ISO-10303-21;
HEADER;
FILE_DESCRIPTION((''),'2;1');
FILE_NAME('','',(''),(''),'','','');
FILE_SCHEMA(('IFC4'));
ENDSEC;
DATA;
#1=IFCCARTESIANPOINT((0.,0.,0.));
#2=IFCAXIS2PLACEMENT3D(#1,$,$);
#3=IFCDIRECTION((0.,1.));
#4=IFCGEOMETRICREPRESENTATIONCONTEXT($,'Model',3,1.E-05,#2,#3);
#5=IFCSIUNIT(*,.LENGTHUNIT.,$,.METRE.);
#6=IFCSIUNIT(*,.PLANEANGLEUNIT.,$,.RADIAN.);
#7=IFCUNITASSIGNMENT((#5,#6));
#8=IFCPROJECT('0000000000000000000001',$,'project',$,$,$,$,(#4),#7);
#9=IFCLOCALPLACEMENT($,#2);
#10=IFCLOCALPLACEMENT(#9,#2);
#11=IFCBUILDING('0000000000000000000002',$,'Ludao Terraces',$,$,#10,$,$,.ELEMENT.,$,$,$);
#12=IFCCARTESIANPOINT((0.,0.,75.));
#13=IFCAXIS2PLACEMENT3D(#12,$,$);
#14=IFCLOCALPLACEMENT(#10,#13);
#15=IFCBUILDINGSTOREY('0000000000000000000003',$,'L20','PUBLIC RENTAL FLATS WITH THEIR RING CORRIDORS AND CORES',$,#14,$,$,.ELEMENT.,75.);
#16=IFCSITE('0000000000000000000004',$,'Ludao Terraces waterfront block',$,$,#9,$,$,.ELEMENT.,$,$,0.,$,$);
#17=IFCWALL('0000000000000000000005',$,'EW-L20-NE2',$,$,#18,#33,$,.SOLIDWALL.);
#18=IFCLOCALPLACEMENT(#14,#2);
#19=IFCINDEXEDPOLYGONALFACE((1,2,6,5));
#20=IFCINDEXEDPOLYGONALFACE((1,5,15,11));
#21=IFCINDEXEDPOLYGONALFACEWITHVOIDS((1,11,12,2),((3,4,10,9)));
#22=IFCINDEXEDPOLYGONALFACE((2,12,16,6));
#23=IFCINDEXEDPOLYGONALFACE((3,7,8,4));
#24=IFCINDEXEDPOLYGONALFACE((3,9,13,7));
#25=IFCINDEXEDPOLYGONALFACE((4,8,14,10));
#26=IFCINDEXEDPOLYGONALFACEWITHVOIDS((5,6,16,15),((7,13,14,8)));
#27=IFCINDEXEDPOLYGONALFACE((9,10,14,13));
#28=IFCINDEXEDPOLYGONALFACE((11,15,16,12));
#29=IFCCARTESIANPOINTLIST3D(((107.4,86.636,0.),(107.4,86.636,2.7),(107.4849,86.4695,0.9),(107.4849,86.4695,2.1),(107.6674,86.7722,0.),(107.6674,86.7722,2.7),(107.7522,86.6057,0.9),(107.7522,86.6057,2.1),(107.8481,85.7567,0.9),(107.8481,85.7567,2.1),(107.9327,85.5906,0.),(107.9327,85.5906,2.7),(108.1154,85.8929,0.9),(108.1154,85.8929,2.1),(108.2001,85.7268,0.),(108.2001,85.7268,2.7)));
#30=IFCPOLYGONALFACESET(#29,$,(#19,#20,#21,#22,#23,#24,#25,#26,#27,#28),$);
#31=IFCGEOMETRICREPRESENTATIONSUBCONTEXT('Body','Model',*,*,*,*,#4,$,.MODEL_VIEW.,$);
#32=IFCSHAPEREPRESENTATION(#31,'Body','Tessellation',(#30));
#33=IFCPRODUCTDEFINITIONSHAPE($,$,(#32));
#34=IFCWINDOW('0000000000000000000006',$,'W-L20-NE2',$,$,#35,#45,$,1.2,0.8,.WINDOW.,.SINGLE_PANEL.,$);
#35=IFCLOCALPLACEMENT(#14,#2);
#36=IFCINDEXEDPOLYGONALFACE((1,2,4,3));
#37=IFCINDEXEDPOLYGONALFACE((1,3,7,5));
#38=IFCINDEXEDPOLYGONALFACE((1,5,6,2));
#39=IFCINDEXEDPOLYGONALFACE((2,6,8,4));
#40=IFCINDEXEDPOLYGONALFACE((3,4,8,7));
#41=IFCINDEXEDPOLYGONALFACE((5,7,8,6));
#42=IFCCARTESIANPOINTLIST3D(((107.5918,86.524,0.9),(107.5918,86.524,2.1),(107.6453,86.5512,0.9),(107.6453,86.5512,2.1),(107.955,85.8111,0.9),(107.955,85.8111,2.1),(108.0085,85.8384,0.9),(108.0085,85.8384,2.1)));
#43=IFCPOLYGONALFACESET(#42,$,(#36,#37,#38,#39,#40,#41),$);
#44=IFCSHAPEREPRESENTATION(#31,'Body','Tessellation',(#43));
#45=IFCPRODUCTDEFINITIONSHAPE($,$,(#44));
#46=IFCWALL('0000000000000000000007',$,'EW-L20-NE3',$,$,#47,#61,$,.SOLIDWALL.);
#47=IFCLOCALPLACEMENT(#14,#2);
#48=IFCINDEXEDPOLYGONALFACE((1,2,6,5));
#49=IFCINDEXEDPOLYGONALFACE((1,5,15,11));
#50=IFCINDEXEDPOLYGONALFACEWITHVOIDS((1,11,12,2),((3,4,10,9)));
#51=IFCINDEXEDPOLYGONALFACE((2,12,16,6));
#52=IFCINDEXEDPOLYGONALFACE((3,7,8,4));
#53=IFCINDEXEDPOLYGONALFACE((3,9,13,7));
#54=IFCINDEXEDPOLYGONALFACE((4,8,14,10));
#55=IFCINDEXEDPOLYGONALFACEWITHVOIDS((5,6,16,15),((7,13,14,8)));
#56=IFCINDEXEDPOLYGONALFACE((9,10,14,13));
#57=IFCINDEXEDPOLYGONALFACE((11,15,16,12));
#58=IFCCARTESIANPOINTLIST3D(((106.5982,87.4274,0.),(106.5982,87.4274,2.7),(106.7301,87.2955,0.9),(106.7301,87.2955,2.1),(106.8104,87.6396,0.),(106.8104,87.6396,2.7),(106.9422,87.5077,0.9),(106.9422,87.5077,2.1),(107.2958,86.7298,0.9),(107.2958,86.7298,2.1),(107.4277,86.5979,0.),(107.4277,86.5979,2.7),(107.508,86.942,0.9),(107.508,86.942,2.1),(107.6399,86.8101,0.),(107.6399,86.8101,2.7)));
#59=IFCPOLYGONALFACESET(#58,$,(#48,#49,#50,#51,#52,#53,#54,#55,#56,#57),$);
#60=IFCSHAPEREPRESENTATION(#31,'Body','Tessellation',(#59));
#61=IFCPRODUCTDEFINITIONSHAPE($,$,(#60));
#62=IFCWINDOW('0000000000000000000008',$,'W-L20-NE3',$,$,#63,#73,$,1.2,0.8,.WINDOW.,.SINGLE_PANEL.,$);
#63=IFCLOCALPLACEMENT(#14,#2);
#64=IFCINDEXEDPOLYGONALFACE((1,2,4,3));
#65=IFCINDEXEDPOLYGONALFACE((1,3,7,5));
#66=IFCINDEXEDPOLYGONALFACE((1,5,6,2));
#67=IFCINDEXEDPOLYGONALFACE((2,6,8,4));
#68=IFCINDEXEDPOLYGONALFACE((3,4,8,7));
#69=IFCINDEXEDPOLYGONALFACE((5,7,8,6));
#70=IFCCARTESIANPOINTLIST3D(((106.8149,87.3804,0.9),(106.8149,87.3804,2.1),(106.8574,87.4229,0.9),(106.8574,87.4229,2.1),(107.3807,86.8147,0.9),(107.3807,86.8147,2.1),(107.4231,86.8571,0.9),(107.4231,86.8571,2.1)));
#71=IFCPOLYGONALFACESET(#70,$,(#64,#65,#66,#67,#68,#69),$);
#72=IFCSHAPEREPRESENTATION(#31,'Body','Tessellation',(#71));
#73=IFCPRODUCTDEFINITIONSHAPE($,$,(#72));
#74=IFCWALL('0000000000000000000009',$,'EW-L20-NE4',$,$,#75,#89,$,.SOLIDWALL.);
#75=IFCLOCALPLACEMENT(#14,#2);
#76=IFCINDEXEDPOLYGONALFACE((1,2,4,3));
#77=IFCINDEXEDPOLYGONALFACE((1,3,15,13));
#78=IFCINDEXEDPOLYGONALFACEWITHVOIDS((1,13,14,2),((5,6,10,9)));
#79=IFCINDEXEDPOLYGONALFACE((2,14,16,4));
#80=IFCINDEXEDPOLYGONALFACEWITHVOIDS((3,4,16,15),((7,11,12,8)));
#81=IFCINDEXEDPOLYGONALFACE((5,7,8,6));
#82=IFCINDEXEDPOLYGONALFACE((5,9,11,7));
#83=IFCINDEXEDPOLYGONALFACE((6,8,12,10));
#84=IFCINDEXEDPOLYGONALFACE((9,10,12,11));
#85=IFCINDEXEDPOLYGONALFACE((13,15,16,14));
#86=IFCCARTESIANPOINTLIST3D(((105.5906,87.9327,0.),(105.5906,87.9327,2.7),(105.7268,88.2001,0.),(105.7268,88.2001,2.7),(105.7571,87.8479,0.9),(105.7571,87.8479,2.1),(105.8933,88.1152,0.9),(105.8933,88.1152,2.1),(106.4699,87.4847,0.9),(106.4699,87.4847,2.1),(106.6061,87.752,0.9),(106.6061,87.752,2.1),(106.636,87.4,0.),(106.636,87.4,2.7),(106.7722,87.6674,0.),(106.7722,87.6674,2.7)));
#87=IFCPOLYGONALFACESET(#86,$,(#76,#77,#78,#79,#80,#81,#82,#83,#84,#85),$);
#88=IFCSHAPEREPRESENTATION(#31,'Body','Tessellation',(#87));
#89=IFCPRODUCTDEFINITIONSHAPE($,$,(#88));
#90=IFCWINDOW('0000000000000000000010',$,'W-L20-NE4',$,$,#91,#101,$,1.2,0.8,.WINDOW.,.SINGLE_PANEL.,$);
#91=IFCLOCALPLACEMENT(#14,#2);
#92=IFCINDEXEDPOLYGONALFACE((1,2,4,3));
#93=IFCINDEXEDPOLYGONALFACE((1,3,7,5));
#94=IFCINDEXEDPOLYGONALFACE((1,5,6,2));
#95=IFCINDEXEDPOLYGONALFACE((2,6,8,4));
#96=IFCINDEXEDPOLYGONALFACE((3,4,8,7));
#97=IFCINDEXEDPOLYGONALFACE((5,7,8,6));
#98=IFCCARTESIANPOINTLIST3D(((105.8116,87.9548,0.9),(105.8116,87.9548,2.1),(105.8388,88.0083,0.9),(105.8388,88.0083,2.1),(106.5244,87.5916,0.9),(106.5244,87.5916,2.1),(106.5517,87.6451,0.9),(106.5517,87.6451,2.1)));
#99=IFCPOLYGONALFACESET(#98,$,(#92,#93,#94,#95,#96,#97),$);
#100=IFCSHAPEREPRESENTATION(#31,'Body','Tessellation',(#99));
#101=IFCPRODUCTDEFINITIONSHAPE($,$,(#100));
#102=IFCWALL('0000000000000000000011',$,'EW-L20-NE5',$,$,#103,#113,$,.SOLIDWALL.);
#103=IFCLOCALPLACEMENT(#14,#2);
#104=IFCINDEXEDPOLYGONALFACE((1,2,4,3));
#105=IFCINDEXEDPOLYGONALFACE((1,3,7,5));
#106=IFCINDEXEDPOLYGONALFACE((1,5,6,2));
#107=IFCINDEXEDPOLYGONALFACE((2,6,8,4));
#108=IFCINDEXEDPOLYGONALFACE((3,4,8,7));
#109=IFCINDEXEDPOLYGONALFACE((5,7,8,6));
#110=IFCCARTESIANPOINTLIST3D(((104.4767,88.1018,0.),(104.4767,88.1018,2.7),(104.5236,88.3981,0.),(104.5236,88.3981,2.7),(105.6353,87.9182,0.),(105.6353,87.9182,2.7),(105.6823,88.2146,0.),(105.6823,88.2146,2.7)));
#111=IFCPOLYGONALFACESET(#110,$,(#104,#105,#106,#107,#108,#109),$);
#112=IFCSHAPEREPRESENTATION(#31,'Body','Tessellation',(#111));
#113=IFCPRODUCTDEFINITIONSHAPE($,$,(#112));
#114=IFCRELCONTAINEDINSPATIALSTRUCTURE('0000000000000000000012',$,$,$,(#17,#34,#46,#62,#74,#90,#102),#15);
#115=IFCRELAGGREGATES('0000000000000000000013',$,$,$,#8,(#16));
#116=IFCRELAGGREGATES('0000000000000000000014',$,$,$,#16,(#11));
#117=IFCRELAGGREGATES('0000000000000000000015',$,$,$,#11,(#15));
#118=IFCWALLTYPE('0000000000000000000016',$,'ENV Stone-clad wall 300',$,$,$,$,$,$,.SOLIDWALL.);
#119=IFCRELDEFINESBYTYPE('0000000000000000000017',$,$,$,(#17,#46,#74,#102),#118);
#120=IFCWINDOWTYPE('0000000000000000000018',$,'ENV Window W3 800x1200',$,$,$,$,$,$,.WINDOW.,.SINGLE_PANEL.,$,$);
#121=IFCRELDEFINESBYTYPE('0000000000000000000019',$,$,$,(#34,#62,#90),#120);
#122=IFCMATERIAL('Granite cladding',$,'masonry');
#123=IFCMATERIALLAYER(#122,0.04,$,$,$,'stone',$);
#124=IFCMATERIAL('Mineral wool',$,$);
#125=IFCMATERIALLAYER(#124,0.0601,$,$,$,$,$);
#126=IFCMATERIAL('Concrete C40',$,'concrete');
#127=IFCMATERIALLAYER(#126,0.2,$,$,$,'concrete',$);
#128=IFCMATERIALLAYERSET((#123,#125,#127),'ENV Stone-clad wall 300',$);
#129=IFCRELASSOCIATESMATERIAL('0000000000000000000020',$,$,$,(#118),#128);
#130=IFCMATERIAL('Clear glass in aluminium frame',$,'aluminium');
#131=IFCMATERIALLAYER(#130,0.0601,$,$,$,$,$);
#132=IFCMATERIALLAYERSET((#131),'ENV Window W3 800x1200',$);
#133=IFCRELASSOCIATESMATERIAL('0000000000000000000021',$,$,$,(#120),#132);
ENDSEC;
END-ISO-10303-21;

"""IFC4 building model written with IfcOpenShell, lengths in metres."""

from ifc_helpers import new_model, si_unit, direction, frame, frame_2d, origin, place, context, subcontext, project, spatial, rectangle, extrude, material, layer, layer_set, type_object, element, fill, save


model = new_model("IFC4")

# Units and contexts
model_context = context("Model", 3, precision=1e-05, world=origin(), true_north=direction((0.0, 1.0)))
body_context = subcontext(model_context, "Body", "Model", "MODEL_VIEW")
ifc_project = project(units=[si_unit("LENGTHUNIT", "METRE"), si_unit("PLANEANGLEUNIT", "RADIAN")], contexts=[model_context])

# Site, building, storey
site_placement = place(None, origin())
site = spatial("IfcSite", under=ifc_project, at=site_placement, Name="Ludao Terraces waterfront block", CompositionType="ELEMENT", RefElevation=0.0)
building_placement = place(site_placement, origin())
building = spatial("IfcBuilding", under=site, at=building_placement, Name="Ludao Terraces", CompositionType="ELEMENT")
storey_placement = place(building_placement, frame((0.0, 0.0, 75.0)))
storey = spatial("IfcBuildingStorey", under=building, at=storey_placement, Name="L20", Description="PUBLIC RENTAL FLATS WITH THEIR RING CORRIDORS AND CORES", CompositionType="ELEMENT", Elevation=75.0)

# Shared definitions
ifc_material_1 = material(Name="Concrete C40", Category="concrete")

# Shared definitions
ifc_material_2 = material(Name="Granite cladding", Category="masonry")
ifc_layer_1 = layer(ifc_material_2, 0.04, Category="stone")
ifc_material_3 = material(Name="Mineral wool")
ifc_layer_2 = layer(ifc_material_3, 0.0601)
ifc_layer_3 = layer(ifc_material_1, 0.2, Category="concrete")
ifc_layer_set_1 = layer_set([ifc_layer_1, ifc_layer_2, ifc_layer_3], Name="ENV Stone-clad wall 300")
wall_type_1 = type_object("IfcWallType", Name="ENV Stone-clad wall 300", PredefinedType="SOLIDWALL", material=ifc_layer_set_1)
ifc_material_4 = material(Name="Clear glass in aluminium frame", Category="aluminium")

# Walls, openings, windows
wall_1_placement = place(storey_placement, frame((108.0664, 85.6587, 0.0), z_axis=(0.0, 0.0, 1.0), x_axis=(-0.454026, 0.890989, 0.0)))
wall_1 = element("IfcWall", 1, at=wall_1_placement, inside=storey, type_object=wall_type_1, Name="EW-L20-NE2", PredefinedType="SOLIDWALL", context=body_context, shape_type="SweptSolid", body=[
    extrude(rectangle(XDim=1.1733, YDim=0.3, at=frame_2d((0.5867, 0.0))), origin(), (0.0, 0.0, 1.0), 2.7),
])
opening_1_placement = place(wall_1_placement, frame((0.1865, 0.0, 0.8999)))
opening_1 = element("IfcOpeningElement", 2, at=opening_1_placement, cuts=wall_1, PredefinedType="OPENING", context=body_context, shape_type="SweptSolid", body=[
    extrude(rectangle(XDim=0.8, YDim=1.2, at=frame_2d((0.3999, 0.6001))), frame((0.0, 0.1602, 0.0), z_axis=(0.0, -1.0, 0.0), x_axis=(1.0, 0.0, 0.0)), (0.0, 0.0, 1.0), 0.3201),
])
ifc_layer_4 = layer(ifc_material_4, 0.0601)
ifc_layer_set_2 = layer_set([ifc_layer_4], Name="ENV Window W3 800x1200")
window_type_1 = type_object("IfcWindowType", Name="ENV Window W3 800x1200", PartitioningType="SINGLE_PANEL", PredefinedType="WINDOW", material=ifc_layer_set_2)
window_1_placement = place(opening_1_placement, origin())
window_1 = element("IfcWindow", 3, at=window_1_placement, inside=storey, type_object=window_type_1, Name="W-L20-NE2", OverallHeight=1.2, OverallWidth=0.8, PartitioningType="SINGLE_PANEL", PredefinedType="WINDOW", context=body_context, shape_type="SweptSolid", body=[
    extrude(rectangle(XDim=0.8, YDim=1.2, at=frame_2d((0.3999, 0.6001))), frame((0.0, 0.03, 0.0), z_axis=(0.0, -1.0, 0.0), x_axis=(1.0, 0.0, 0.0)), (0.0, 0.0, 1.0), 0.0601),
])
fill(opening_1, window_1)
wall_2_placement = place(storey_placement, frame((107.5337, 86.7041, 0.0), z_axis=(0.0, 0.0, 1.0), x_axis=(-0.707107, 0.707107, 0.0)))
wall_2 = element("IfcWall", 4, at=wall_2_placement, inside=storey, type_object=wall_type_1, Name="EW-L20-NE3", PredefinedType="SOLIDWALL", context=body_context, shape_type="SweptSolid", body=[
    extrude(rectangle(XDim=1.1731, YDim=0.3, at=frame_2d((0.5864, 0.0))), origin(), (0.0, 0.0, 1.0), 2.7),
])
opening_2_placement = place(wall_2_placement, frame((0.1865, 0.0, 0.8999)))
opening_2 = element("IfcOpeningElement", 5, at=opening_2_placement, cuts=wall_2, PredefinedType="OPENING", context=body_context, shape_type="SweptSolid", body=[
    extrude(rectangle(XDim=0.8, YDim=1.2, at=frame_2d((0.3999, 0.6001))), frame((0.0, 0.1602, 0.0), z_axis=(0.0, -1.0, 0.0), x_axis=(1.0, 0.0, 0.0)), (0.0, 0.0, 1.0), 0.3201),
])
window_2_placement = place(opening_2_placement, origin())
window_2 = element("IfcWindow", 6, at=window_2_placement, inside=storey, type_object=window_type_1, Name="W-L20-NE3", OverallHeight=1.2, OverallWidth=0.8, PartitioningType="SINGLE_PANEL", PredefinedType="WINDOW", context=body_context, shape_type="SweptSolid", body=[
    extrude(rectangle(XDim=0.8, YDim=1.2, at=frame_2d((0.3999, 0.6001))), frame((0.0, 0.03, 0.0), z_axis=(0.0, -1.0, 0.0), x_axis=(1.0, 0.0, 0.0)), (0.0, 0.0, 1.0), 0.0601),
])
fill(opening_2, window_2)
wall_3_placement = place(storey_placement, frame((106.7041, 87.5337, 0.0), z_axis=(0.0, 0.0, 1.0), x_axis=(-0.890989, 0.454026, 0.0)))
wall_3 = element("IfcWall", 7, at=wall_3_placement, inside=storey, type_object=wall_type_1, Name="EW-L20-NE4", PredefinedType="SOLIDWALL", context=body_context, shape_type="SweptSolid", body=[
    extrude(rectangle(XDim=1.1733, YDim=0.3, at=frame_2d((0.5867, 0.0))), origin(), (0.0, 0.0, 1.0), 2.7),
])
opening_3_placement = place(wall_3_placement, frame((0.1865, 0.0, 0.8999)))
opening_3 = element("IfcOpeningElement", 8, at=opening_3_placement, cuts=wall_3, PredefinedType="OPENING", context=body_context, shape_type="SweptSolid", body=[
    extrude(rectangle(XDim=0.8, YDim=1.2, at=frame_2d((0.3999, 0.6001))), frame((0.0, 0.1602, 0.0), z_axis=(0.0, -1.0, 0.0), x_axis=(1.0, 0.0, 0.0)), (0.0, 0.0, 1.0), 0.3201),
])
window_3_placement = place(opening_3_placement, origin())
window_3 = element("IfcWindow", 9, at=window_3_placement, inside=storey, type_object=window_type_1, Name="W-L20-NE4", OverallHeight=1.2, OverallWidth=0.8, PartitioningType="SINGLE_PANEL", PredefinedType="WINDOW", context=body_context, shape_type="SweptSolid", body=[
    extrude(rectangle(XDim=0.8, YDim=1.2, at=frame_2d((0.3999, 0.6001))), frame((0.0, 0.03, 0.0), z_axis=(0.0, -1.0, 0.0), x_axis=(1.0, 0.0, 0.0)), (0.0, 0.0, 1.0), 0.0601),
])
fill(opening_3, window_3)

# Wall
wall_4_placement = place(storey_placement, frame((105.6587, 88.0664, 0.0), z_axis=(0.0, 0.0, 1.0), x_axis=(-0.987678, 0.156497, 0.0)))
element("IfcWall", 10, at=wall_4_placement, inside=storey, type_object=wall_type_1, Name="EW-L20-NE5", PredefinedType="SOLIDWALL", context=body_context, shape_type="SweptSolid", body=[
    extrude(rectangle(XDim=1.1731, YDim=0.3, at=frame_2d((0.5864, 0.0))), origin(), (0.0, 0.0, 1.0), 2.7),
])

save(model, "model.ifc")
